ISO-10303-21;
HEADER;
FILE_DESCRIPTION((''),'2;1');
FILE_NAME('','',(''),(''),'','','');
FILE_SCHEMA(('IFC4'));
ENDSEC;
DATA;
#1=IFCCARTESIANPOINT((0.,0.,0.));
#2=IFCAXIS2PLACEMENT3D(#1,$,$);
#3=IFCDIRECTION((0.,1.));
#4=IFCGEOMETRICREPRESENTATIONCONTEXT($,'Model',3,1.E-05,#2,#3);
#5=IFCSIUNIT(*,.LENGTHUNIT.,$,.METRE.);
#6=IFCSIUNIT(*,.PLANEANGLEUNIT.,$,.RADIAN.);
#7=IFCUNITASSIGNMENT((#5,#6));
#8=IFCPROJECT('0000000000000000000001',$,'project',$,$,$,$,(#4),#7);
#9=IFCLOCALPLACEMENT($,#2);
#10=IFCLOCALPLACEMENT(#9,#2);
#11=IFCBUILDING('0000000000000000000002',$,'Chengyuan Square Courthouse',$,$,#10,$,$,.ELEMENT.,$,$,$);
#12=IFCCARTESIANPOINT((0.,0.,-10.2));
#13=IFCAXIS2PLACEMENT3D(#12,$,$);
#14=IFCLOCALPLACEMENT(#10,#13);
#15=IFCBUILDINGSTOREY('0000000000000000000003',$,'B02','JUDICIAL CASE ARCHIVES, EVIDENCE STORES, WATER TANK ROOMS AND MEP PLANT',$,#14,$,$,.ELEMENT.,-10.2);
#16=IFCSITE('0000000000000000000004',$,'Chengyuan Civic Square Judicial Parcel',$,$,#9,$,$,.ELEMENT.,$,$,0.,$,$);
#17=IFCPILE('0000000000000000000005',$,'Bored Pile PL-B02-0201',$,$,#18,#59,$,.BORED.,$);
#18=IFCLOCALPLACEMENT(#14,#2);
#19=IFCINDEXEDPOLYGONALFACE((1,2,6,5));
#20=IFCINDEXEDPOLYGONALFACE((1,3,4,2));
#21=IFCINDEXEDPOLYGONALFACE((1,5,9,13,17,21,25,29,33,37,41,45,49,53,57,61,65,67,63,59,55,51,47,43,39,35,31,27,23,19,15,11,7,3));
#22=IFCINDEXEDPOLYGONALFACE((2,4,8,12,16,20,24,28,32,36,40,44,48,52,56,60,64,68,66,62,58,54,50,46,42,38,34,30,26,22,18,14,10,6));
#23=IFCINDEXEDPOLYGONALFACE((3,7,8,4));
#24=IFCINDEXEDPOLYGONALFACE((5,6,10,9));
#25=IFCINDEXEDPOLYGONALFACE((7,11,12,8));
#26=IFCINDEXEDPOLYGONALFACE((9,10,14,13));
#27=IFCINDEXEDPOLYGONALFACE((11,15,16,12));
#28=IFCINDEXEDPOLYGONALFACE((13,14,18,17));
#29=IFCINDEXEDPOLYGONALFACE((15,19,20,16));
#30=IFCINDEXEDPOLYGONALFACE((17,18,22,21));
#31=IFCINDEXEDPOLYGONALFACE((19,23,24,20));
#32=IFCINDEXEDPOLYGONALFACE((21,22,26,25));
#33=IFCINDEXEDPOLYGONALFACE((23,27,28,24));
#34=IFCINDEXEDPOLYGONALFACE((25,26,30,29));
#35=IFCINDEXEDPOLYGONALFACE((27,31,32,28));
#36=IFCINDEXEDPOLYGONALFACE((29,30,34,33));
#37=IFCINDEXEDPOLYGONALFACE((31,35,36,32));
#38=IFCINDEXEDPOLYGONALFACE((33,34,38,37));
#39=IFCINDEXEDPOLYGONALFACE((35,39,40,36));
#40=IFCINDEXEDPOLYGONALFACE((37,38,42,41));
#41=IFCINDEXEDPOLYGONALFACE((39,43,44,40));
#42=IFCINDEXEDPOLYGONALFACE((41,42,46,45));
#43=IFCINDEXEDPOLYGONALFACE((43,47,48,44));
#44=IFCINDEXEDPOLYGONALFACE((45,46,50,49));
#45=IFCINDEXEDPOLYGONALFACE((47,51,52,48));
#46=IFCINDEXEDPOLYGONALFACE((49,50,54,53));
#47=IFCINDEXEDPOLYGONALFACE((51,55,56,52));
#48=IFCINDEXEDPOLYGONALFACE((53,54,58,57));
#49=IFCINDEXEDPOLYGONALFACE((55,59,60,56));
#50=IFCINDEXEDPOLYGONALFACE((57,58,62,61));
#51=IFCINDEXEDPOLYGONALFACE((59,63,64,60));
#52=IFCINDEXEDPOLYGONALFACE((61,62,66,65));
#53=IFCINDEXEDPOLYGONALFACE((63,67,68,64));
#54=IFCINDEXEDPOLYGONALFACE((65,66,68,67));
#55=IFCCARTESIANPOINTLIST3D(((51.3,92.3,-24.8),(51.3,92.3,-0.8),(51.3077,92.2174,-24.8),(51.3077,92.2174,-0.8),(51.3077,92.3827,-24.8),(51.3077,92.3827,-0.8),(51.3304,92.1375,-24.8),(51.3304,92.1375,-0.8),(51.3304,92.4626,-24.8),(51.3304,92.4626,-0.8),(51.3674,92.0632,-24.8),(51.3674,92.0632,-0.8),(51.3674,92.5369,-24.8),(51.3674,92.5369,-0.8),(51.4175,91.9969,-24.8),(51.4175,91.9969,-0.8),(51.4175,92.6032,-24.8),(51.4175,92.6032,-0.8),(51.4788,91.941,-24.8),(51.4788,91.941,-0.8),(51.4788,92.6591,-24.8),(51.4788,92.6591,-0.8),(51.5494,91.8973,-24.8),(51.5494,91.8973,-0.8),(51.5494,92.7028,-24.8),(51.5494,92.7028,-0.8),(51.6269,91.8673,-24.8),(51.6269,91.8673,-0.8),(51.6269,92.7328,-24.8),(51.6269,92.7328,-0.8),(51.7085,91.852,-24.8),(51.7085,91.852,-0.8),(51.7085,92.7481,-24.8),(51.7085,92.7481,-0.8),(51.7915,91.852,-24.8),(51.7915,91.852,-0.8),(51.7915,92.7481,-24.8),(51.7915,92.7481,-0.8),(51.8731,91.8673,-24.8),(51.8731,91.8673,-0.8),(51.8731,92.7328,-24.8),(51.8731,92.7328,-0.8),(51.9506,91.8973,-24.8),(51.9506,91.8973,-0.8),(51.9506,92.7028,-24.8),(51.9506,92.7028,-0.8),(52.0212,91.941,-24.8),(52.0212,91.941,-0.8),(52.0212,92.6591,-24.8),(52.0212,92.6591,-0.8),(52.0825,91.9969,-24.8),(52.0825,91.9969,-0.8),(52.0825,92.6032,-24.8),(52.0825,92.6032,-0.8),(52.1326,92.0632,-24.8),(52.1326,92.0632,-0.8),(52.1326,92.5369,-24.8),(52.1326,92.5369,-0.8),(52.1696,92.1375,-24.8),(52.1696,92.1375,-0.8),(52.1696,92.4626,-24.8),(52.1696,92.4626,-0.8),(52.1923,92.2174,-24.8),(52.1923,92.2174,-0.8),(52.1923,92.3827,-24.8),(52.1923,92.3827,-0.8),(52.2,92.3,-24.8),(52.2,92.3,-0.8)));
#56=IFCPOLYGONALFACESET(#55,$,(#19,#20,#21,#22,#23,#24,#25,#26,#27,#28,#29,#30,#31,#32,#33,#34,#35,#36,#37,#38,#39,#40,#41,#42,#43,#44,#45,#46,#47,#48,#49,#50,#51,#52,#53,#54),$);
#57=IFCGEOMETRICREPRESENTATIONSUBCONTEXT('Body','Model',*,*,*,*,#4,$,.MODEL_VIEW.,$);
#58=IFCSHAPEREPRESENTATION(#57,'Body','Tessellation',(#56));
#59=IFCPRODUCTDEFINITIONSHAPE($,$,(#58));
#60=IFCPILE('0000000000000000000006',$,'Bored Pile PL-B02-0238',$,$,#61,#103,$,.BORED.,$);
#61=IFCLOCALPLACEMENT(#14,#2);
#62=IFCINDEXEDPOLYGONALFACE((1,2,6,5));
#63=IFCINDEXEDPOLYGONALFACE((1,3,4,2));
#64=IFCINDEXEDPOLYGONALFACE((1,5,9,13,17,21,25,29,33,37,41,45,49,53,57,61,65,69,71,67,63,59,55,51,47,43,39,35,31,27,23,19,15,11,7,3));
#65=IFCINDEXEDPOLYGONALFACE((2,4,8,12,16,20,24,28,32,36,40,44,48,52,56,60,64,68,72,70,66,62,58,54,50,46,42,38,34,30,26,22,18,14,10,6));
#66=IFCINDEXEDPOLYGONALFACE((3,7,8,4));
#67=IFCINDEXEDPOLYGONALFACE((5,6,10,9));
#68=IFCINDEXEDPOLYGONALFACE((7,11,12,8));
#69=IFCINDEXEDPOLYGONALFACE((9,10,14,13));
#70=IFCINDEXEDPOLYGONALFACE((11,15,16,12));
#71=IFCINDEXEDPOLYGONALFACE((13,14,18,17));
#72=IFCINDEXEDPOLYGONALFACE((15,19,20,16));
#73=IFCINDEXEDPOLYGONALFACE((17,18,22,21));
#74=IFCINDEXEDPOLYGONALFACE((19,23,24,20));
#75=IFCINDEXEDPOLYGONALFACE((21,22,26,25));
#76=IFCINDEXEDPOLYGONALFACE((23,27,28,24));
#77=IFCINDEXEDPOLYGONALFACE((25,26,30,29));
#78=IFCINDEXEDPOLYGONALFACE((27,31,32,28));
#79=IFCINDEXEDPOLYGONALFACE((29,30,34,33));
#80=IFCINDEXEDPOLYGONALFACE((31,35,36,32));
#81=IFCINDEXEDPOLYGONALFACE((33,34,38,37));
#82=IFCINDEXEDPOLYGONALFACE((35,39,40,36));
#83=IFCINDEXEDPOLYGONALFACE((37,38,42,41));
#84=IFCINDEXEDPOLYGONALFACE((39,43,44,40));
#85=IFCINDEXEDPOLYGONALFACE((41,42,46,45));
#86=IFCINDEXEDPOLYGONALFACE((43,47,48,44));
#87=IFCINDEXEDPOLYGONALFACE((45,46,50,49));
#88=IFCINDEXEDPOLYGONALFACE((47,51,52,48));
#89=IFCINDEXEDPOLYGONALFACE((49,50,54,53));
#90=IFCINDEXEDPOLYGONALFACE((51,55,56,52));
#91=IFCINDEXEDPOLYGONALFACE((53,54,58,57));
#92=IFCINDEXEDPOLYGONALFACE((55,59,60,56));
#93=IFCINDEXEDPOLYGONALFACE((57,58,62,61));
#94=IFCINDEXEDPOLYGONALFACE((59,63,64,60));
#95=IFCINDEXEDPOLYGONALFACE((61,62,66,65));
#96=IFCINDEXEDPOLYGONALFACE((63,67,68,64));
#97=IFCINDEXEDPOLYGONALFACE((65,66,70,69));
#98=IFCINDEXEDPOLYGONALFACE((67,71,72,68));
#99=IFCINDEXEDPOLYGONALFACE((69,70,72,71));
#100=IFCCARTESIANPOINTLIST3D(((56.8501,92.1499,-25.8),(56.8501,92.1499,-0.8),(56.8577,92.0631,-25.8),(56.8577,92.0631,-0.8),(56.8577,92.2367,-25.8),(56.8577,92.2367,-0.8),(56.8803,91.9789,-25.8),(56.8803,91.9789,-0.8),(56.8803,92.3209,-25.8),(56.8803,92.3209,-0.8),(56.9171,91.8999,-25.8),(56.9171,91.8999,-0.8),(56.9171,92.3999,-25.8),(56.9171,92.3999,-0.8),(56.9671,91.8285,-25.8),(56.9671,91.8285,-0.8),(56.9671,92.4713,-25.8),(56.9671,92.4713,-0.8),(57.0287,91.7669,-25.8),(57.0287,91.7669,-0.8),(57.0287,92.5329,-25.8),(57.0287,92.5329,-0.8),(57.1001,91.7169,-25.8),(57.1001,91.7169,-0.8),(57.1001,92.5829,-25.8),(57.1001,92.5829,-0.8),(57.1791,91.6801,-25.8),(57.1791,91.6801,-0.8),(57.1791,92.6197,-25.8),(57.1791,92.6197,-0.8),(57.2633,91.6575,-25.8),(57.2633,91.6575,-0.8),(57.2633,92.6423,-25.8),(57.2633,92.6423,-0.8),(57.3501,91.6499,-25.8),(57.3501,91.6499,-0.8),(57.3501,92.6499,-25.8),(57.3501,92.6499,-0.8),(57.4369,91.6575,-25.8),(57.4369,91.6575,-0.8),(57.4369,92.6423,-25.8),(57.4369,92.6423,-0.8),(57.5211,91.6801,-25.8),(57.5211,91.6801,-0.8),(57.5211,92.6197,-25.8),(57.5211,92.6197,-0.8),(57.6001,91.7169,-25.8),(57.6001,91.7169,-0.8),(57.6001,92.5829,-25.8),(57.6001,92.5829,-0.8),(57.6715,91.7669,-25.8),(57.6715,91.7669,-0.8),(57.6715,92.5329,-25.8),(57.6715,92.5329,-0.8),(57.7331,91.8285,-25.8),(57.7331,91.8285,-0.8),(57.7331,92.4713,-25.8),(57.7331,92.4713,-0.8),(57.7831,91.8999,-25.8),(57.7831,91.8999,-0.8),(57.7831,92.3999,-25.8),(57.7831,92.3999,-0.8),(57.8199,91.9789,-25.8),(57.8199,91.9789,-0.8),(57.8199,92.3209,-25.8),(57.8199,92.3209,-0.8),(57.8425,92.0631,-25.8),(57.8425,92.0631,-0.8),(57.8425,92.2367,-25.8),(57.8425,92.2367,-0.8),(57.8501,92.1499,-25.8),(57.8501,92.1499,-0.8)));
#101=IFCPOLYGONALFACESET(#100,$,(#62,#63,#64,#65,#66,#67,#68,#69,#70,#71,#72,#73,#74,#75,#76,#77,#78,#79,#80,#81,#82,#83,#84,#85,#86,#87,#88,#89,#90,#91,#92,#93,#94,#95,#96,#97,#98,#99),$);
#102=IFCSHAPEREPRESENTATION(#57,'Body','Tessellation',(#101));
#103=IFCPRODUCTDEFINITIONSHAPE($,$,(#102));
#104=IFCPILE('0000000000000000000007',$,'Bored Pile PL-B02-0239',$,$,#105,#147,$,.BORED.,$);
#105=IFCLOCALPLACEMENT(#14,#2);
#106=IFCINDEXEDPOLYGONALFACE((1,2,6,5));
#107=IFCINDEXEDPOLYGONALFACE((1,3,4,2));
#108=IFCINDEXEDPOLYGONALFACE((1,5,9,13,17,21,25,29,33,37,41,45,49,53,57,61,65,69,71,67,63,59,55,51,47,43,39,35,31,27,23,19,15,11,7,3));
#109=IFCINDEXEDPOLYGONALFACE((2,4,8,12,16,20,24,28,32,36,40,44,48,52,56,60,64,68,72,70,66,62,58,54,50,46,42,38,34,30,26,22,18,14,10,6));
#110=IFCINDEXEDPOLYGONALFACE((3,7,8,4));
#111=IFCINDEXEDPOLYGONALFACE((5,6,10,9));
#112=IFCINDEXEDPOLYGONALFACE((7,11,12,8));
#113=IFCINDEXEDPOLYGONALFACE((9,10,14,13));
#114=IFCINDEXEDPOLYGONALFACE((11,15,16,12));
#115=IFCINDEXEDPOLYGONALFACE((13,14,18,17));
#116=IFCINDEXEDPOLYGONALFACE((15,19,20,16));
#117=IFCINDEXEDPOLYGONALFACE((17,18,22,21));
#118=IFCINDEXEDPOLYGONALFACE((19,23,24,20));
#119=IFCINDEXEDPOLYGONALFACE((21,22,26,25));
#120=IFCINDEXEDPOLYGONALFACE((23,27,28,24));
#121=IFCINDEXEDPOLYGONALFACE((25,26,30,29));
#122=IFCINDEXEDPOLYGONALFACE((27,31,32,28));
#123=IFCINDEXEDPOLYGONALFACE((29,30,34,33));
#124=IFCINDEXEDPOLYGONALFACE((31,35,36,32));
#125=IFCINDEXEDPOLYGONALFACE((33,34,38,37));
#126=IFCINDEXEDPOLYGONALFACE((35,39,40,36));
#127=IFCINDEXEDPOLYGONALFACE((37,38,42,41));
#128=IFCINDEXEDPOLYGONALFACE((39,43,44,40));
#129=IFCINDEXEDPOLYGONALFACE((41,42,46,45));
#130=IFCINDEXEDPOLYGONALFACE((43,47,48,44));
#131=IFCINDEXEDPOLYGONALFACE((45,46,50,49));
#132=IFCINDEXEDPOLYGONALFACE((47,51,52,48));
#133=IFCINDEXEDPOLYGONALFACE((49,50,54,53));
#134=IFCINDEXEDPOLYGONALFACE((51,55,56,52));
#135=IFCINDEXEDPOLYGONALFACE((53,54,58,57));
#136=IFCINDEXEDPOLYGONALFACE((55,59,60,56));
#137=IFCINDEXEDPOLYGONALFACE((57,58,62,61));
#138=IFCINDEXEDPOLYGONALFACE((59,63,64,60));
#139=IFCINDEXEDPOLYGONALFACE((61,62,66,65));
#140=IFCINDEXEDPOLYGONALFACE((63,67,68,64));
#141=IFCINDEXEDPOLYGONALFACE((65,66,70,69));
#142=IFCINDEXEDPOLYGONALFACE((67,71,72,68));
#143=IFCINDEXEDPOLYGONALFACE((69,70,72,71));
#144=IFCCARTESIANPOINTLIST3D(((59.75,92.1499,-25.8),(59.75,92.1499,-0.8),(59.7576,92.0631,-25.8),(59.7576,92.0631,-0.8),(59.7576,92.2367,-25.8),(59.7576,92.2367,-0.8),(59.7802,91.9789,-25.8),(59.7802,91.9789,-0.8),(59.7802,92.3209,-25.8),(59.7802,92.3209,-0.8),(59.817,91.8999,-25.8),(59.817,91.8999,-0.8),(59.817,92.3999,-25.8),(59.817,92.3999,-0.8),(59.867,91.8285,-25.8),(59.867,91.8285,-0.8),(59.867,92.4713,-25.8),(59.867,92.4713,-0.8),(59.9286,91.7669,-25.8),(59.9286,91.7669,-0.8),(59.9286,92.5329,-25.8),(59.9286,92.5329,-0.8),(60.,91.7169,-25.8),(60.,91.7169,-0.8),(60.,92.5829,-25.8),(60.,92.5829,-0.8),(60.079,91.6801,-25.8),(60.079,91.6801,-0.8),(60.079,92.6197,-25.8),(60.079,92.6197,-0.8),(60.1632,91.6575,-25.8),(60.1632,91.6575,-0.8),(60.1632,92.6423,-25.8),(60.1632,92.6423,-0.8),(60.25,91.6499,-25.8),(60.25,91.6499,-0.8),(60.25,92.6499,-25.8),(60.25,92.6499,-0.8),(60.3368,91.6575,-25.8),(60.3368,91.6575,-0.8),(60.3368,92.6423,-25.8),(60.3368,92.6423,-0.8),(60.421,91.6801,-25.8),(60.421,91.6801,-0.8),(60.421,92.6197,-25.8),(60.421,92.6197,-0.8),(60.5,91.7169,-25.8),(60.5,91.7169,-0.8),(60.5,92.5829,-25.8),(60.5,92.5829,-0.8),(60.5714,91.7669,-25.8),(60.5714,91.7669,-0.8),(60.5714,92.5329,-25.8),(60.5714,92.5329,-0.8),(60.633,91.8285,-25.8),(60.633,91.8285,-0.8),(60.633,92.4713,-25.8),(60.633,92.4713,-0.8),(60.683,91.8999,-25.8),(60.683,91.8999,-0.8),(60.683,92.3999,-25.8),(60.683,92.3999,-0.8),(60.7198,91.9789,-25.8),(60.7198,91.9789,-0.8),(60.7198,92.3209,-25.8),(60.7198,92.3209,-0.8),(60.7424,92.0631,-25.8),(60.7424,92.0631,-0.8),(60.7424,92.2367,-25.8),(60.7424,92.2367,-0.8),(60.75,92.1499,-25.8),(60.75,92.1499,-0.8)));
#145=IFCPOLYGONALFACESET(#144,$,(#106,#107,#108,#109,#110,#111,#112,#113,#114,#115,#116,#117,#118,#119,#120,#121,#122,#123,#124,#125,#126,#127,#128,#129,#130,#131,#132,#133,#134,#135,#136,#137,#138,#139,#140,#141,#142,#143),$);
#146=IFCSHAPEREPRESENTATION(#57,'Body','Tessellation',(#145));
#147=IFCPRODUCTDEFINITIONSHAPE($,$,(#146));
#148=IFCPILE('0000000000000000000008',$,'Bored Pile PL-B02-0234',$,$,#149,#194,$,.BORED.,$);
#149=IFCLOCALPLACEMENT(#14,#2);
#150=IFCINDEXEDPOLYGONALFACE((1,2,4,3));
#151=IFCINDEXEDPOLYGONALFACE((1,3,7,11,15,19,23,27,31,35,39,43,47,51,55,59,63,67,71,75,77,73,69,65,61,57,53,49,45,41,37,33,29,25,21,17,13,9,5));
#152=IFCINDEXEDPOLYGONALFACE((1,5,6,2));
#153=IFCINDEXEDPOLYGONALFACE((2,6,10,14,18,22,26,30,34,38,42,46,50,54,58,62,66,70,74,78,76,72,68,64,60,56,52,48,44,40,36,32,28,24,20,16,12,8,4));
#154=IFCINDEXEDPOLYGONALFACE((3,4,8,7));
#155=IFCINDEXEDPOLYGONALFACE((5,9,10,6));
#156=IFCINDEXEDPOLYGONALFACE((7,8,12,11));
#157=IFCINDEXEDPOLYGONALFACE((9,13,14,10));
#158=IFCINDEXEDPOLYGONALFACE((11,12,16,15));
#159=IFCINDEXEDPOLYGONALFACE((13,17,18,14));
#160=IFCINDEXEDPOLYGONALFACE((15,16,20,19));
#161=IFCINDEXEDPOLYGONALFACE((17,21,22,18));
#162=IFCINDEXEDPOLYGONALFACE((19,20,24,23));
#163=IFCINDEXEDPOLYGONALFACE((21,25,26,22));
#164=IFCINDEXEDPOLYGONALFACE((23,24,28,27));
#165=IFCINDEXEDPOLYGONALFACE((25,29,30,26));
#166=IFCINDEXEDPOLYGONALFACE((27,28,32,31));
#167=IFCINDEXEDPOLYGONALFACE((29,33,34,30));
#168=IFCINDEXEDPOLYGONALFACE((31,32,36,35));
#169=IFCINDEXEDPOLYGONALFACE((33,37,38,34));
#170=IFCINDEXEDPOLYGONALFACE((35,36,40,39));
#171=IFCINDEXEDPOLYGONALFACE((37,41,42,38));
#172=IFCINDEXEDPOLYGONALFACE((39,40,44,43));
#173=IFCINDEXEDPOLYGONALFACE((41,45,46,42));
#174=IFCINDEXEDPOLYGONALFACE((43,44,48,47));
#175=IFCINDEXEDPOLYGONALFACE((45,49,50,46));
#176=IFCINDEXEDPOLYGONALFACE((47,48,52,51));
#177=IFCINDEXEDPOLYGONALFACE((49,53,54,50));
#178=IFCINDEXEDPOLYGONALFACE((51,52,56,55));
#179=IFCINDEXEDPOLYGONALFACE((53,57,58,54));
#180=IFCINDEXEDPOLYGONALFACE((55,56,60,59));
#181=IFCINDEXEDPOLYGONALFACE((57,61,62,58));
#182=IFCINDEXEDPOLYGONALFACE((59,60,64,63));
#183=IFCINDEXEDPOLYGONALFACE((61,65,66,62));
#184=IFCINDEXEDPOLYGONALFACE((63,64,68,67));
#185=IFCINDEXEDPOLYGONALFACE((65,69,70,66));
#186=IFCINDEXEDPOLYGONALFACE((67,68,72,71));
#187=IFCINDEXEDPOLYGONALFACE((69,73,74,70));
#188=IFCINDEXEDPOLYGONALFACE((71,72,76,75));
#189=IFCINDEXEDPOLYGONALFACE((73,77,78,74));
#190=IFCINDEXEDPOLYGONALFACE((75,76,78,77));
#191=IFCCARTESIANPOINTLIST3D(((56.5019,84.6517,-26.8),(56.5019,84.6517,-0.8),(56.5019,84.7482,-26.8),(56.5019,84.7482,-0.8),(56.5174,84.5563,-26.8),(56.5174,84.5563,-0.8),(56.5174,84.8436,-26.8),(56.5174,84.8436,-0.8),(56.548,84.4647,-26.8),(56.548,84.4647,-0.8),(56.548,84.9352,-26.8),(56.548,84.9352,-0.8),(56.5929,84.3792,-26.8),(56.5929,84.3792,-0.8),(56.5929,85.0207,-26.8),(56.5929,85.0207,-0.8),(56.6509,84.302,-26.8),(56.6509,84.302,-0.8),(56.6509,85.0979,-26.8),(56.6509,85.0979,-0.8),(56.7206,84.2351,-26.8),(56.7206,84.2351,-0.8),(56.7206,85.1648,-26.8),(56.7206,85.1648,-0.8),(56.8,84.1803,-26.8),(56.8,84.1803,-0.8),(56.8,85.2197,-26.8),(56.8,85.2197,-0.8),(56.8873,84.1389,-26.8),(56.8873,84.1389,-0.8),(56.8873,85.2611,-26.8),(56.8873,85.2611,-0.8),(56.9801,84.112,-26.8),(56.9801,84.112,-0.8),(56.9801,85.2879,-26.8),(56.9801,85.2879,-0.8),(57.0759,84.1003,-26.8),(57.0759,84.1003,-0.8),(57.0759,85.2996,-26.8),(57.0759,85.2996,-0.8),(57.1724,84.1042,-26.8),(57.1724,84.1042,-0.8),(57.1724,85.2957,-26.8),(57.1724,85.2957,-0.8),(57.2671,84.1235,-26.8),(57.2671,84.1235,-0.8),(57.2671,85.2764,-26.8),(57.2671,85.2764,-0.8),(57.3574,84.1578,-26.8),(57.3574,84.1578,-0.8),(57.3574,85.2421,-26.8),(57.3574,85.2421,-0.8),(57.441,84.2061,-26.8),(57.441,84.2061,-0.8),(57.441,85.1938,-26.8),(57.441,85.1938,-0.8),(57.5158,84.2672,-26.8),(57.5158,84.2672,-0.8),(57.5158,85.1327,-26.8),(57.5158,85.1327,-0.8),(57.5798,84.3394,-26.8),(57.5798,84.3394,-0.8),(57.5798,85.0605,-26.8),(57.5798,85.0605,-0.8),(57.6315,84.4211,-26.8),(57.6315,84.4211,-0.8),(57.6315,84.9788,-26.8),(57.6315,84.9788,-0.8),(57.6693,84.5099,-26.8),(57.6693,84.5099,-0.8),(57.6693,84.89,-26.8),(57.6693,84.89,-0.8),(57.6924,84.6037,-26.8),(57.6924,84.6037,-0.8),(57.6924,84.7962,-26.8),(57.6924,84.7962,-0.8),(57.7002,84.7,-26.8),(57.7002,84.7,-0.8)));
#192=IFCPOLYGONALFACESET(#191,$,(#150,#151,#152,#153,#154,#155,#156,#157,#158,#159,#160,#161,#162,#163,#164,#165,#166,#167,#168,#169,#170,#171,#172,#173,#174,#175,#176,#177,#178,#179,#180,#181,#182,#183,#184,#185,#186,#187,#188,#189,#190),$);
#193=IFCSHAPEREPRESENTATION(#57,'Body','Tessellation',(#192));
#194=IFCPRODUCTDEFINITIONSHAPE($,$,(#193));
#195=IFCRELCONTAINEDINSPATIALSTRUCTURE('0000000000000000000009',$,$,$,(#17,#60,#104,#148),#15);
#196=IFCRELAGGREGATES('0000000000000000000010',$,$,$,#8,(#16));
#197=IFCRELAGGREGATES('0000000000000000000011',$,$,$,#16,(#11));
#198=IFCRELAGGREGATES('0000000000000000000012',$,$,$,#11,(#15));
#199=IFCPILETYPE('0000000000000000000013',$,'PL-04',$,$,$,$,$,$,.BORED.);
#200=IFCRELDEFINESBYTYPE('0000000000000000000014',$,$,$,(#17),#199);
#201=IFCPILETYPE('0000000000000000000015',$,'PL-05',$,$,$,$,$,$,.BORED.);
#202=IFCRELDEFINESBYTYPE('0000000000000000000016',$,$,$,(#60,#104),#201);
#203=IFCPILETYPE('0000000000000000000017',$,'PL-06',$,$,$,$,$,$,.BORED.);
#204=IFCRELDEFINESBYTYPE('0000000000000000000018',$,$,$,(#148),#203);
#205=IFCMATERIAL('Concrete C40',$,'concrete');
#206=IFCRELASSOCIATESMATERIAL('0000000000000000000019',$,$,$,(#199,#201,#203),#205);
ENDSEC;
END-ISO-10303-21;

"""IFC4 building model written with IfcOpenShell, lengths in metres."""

from ifc_helpers import new_model, si_unit, direction, frame, origin, origin_2d, place, context, subcontext, project, spatial, circle, extrude, material, material_profile, profile_set, type_object, element, save


model = new_model("IFC4")

# Units and contexts
model_context = context("Model", 3, precision=1e-05, world=origin(), true_north=direction((0.0, 1.0)))
body_context = subcontext(model_context, "Body", "Model", "MODEL_VIEW")
ifc_project = project(units=[si_unit("LENGTHUNIT", "METRE"), si_unit("PLANEANGLEUNIT", "RADIAN")], contexts=[model_context])

# Site, building, storey
site_placement = place(None, origin())
site = spatial("IfcSite", under=ifc_project, at=site_placement, Name="Chengyuan Civic Square Judicial Parcel", CompositionType="ELEMENT", RefElevation=0.0)
building_placement = place(site_placement, origin())
building = spatial("IfcBuilding", under=site, at=building_placement, Name="Chengyuan Square Courthouse", CompositionType="ELEMENT")
storey_placement = place(building_placement, frame((0.0, 0.0, -10.2)))
storey = spatial("IfcBuildingStorey", under=building, at=storey_placement, Name="B02", Description="JUDICIAL CASE ARCHIVES, EVIDENCE STORES, WATER TANK ROOMS AND MEP PLANT", CompositionType="ELEMENT", Elevation=-10.2)

# Shared definitions
ifc_material_1 = material(Name="Concrete C40", Category="concrete")

# Piles
ifc_material_profile_1 = material_profile(ifc_material_1, circle(Radius=0.45, at=origin_2d()), Name="BORED PILE D900")
ifc_profile_set_1 = profile_set([ifc_material_profile_1], Name="Concrete C40")
pile_type_1 = type_object("IfcPileType", Name="PL-04", PredefinedType="BORED", material=ifc_profile_set_1)
for number, where, z_axis, x_axis, name in (
    (1, (51.75, 92.3, -0.8), (0.0, 0.0, -1.0), (1.0, 0.0, 0.0), "Bored Pile PL-B02-0201"),
):
    element("IfcPile", number, at=place(storey_placement, frame(where, z_axis=z_axis, x_axis=x_axis)), inside=storey, type_object=pile_type_1, Name=name, PredefinedType="BORED", context=body_context, shape_type="SweptSolid", body=[
        extrude(circle(Radius=0.45, at=origin_2d()), origin(), (0.0, 0.0, 1.0), 24.0),
    ])
ifc_material_profile_2 = material_profile(ifc_material_1, circle(Radius=0.5, at=origin_2d()), Name="BORED PILE D1000")
ifc_profile_set_2 = profile_set([ifc_material_profile_2], Name="Concrete C40")
pile_type_2 = type_object("IfcPileType", Name="PL-05", PredefinedType="BORED", material=ifc_profile_set_2)
for number, where, z_axis, x_axis, name in (
    (2, (57.3501, 92.1499, -0.8), (0.0, 0.0, -1.0), (1.0, 0.0, 0.0), "Bored Pile PL-B02-0238"),
    (3, (60.25, 92.1499, -0.8), (0.0, 0.0, -1.0), (1.0, 0.0, 0.0), "Bored Pile PL-B02-0239"),
):
    element("IfcPile", number, at=place(storey_placement, frame(where, z_axis=z_axis, x_axis=x_axis)), inside=storey, type_object=pile_type_2, Name=name, PredefinedType="BORED", context=body_context, shape_type="SweptSolid", body=[
        extrude(circle(Radius=0.5, at=origin_2d()), origin(), (0.0, 0.0, 1.0), 25.0),
    ])
ifc_material_profile_3 = material_profile(ifc_material_1, circle(Radius=0.6001, at=origin_2d()), Name="BORED PILE D1200")
ifc_profile_set_3 = profile_set([ifc_material_profile_3], Name="Concrete C40")
pile_type_3 = type_object("IfcPileType", Name="PL-06", PredefinedType="BORED", material=ifc_profile_set_3)
for number, where, z_axis, x_axis, name in (
    (4, (57.1001, 84.7, -0.8), (0.0, 0.0, -1.0), (1.0, 0.0, 0.0), "Bored Pile PL-B02-0234"),
):
    element("IfcPile", number, at=place(storey_placement, frame(where, z_axis=z_axis, x_axis=x_axis)), inside=storey, type_object=pile_type_3, Name=name, PredefinedType="BORED", context=body_context, shape_type="SweptSolid", body=[
        extrude(circle(Radius=0.6001, at=origin_2d()), origin(), (0.0, 0.0, 1.0), 26.0),
    ])

save(model, "model.ifc")
